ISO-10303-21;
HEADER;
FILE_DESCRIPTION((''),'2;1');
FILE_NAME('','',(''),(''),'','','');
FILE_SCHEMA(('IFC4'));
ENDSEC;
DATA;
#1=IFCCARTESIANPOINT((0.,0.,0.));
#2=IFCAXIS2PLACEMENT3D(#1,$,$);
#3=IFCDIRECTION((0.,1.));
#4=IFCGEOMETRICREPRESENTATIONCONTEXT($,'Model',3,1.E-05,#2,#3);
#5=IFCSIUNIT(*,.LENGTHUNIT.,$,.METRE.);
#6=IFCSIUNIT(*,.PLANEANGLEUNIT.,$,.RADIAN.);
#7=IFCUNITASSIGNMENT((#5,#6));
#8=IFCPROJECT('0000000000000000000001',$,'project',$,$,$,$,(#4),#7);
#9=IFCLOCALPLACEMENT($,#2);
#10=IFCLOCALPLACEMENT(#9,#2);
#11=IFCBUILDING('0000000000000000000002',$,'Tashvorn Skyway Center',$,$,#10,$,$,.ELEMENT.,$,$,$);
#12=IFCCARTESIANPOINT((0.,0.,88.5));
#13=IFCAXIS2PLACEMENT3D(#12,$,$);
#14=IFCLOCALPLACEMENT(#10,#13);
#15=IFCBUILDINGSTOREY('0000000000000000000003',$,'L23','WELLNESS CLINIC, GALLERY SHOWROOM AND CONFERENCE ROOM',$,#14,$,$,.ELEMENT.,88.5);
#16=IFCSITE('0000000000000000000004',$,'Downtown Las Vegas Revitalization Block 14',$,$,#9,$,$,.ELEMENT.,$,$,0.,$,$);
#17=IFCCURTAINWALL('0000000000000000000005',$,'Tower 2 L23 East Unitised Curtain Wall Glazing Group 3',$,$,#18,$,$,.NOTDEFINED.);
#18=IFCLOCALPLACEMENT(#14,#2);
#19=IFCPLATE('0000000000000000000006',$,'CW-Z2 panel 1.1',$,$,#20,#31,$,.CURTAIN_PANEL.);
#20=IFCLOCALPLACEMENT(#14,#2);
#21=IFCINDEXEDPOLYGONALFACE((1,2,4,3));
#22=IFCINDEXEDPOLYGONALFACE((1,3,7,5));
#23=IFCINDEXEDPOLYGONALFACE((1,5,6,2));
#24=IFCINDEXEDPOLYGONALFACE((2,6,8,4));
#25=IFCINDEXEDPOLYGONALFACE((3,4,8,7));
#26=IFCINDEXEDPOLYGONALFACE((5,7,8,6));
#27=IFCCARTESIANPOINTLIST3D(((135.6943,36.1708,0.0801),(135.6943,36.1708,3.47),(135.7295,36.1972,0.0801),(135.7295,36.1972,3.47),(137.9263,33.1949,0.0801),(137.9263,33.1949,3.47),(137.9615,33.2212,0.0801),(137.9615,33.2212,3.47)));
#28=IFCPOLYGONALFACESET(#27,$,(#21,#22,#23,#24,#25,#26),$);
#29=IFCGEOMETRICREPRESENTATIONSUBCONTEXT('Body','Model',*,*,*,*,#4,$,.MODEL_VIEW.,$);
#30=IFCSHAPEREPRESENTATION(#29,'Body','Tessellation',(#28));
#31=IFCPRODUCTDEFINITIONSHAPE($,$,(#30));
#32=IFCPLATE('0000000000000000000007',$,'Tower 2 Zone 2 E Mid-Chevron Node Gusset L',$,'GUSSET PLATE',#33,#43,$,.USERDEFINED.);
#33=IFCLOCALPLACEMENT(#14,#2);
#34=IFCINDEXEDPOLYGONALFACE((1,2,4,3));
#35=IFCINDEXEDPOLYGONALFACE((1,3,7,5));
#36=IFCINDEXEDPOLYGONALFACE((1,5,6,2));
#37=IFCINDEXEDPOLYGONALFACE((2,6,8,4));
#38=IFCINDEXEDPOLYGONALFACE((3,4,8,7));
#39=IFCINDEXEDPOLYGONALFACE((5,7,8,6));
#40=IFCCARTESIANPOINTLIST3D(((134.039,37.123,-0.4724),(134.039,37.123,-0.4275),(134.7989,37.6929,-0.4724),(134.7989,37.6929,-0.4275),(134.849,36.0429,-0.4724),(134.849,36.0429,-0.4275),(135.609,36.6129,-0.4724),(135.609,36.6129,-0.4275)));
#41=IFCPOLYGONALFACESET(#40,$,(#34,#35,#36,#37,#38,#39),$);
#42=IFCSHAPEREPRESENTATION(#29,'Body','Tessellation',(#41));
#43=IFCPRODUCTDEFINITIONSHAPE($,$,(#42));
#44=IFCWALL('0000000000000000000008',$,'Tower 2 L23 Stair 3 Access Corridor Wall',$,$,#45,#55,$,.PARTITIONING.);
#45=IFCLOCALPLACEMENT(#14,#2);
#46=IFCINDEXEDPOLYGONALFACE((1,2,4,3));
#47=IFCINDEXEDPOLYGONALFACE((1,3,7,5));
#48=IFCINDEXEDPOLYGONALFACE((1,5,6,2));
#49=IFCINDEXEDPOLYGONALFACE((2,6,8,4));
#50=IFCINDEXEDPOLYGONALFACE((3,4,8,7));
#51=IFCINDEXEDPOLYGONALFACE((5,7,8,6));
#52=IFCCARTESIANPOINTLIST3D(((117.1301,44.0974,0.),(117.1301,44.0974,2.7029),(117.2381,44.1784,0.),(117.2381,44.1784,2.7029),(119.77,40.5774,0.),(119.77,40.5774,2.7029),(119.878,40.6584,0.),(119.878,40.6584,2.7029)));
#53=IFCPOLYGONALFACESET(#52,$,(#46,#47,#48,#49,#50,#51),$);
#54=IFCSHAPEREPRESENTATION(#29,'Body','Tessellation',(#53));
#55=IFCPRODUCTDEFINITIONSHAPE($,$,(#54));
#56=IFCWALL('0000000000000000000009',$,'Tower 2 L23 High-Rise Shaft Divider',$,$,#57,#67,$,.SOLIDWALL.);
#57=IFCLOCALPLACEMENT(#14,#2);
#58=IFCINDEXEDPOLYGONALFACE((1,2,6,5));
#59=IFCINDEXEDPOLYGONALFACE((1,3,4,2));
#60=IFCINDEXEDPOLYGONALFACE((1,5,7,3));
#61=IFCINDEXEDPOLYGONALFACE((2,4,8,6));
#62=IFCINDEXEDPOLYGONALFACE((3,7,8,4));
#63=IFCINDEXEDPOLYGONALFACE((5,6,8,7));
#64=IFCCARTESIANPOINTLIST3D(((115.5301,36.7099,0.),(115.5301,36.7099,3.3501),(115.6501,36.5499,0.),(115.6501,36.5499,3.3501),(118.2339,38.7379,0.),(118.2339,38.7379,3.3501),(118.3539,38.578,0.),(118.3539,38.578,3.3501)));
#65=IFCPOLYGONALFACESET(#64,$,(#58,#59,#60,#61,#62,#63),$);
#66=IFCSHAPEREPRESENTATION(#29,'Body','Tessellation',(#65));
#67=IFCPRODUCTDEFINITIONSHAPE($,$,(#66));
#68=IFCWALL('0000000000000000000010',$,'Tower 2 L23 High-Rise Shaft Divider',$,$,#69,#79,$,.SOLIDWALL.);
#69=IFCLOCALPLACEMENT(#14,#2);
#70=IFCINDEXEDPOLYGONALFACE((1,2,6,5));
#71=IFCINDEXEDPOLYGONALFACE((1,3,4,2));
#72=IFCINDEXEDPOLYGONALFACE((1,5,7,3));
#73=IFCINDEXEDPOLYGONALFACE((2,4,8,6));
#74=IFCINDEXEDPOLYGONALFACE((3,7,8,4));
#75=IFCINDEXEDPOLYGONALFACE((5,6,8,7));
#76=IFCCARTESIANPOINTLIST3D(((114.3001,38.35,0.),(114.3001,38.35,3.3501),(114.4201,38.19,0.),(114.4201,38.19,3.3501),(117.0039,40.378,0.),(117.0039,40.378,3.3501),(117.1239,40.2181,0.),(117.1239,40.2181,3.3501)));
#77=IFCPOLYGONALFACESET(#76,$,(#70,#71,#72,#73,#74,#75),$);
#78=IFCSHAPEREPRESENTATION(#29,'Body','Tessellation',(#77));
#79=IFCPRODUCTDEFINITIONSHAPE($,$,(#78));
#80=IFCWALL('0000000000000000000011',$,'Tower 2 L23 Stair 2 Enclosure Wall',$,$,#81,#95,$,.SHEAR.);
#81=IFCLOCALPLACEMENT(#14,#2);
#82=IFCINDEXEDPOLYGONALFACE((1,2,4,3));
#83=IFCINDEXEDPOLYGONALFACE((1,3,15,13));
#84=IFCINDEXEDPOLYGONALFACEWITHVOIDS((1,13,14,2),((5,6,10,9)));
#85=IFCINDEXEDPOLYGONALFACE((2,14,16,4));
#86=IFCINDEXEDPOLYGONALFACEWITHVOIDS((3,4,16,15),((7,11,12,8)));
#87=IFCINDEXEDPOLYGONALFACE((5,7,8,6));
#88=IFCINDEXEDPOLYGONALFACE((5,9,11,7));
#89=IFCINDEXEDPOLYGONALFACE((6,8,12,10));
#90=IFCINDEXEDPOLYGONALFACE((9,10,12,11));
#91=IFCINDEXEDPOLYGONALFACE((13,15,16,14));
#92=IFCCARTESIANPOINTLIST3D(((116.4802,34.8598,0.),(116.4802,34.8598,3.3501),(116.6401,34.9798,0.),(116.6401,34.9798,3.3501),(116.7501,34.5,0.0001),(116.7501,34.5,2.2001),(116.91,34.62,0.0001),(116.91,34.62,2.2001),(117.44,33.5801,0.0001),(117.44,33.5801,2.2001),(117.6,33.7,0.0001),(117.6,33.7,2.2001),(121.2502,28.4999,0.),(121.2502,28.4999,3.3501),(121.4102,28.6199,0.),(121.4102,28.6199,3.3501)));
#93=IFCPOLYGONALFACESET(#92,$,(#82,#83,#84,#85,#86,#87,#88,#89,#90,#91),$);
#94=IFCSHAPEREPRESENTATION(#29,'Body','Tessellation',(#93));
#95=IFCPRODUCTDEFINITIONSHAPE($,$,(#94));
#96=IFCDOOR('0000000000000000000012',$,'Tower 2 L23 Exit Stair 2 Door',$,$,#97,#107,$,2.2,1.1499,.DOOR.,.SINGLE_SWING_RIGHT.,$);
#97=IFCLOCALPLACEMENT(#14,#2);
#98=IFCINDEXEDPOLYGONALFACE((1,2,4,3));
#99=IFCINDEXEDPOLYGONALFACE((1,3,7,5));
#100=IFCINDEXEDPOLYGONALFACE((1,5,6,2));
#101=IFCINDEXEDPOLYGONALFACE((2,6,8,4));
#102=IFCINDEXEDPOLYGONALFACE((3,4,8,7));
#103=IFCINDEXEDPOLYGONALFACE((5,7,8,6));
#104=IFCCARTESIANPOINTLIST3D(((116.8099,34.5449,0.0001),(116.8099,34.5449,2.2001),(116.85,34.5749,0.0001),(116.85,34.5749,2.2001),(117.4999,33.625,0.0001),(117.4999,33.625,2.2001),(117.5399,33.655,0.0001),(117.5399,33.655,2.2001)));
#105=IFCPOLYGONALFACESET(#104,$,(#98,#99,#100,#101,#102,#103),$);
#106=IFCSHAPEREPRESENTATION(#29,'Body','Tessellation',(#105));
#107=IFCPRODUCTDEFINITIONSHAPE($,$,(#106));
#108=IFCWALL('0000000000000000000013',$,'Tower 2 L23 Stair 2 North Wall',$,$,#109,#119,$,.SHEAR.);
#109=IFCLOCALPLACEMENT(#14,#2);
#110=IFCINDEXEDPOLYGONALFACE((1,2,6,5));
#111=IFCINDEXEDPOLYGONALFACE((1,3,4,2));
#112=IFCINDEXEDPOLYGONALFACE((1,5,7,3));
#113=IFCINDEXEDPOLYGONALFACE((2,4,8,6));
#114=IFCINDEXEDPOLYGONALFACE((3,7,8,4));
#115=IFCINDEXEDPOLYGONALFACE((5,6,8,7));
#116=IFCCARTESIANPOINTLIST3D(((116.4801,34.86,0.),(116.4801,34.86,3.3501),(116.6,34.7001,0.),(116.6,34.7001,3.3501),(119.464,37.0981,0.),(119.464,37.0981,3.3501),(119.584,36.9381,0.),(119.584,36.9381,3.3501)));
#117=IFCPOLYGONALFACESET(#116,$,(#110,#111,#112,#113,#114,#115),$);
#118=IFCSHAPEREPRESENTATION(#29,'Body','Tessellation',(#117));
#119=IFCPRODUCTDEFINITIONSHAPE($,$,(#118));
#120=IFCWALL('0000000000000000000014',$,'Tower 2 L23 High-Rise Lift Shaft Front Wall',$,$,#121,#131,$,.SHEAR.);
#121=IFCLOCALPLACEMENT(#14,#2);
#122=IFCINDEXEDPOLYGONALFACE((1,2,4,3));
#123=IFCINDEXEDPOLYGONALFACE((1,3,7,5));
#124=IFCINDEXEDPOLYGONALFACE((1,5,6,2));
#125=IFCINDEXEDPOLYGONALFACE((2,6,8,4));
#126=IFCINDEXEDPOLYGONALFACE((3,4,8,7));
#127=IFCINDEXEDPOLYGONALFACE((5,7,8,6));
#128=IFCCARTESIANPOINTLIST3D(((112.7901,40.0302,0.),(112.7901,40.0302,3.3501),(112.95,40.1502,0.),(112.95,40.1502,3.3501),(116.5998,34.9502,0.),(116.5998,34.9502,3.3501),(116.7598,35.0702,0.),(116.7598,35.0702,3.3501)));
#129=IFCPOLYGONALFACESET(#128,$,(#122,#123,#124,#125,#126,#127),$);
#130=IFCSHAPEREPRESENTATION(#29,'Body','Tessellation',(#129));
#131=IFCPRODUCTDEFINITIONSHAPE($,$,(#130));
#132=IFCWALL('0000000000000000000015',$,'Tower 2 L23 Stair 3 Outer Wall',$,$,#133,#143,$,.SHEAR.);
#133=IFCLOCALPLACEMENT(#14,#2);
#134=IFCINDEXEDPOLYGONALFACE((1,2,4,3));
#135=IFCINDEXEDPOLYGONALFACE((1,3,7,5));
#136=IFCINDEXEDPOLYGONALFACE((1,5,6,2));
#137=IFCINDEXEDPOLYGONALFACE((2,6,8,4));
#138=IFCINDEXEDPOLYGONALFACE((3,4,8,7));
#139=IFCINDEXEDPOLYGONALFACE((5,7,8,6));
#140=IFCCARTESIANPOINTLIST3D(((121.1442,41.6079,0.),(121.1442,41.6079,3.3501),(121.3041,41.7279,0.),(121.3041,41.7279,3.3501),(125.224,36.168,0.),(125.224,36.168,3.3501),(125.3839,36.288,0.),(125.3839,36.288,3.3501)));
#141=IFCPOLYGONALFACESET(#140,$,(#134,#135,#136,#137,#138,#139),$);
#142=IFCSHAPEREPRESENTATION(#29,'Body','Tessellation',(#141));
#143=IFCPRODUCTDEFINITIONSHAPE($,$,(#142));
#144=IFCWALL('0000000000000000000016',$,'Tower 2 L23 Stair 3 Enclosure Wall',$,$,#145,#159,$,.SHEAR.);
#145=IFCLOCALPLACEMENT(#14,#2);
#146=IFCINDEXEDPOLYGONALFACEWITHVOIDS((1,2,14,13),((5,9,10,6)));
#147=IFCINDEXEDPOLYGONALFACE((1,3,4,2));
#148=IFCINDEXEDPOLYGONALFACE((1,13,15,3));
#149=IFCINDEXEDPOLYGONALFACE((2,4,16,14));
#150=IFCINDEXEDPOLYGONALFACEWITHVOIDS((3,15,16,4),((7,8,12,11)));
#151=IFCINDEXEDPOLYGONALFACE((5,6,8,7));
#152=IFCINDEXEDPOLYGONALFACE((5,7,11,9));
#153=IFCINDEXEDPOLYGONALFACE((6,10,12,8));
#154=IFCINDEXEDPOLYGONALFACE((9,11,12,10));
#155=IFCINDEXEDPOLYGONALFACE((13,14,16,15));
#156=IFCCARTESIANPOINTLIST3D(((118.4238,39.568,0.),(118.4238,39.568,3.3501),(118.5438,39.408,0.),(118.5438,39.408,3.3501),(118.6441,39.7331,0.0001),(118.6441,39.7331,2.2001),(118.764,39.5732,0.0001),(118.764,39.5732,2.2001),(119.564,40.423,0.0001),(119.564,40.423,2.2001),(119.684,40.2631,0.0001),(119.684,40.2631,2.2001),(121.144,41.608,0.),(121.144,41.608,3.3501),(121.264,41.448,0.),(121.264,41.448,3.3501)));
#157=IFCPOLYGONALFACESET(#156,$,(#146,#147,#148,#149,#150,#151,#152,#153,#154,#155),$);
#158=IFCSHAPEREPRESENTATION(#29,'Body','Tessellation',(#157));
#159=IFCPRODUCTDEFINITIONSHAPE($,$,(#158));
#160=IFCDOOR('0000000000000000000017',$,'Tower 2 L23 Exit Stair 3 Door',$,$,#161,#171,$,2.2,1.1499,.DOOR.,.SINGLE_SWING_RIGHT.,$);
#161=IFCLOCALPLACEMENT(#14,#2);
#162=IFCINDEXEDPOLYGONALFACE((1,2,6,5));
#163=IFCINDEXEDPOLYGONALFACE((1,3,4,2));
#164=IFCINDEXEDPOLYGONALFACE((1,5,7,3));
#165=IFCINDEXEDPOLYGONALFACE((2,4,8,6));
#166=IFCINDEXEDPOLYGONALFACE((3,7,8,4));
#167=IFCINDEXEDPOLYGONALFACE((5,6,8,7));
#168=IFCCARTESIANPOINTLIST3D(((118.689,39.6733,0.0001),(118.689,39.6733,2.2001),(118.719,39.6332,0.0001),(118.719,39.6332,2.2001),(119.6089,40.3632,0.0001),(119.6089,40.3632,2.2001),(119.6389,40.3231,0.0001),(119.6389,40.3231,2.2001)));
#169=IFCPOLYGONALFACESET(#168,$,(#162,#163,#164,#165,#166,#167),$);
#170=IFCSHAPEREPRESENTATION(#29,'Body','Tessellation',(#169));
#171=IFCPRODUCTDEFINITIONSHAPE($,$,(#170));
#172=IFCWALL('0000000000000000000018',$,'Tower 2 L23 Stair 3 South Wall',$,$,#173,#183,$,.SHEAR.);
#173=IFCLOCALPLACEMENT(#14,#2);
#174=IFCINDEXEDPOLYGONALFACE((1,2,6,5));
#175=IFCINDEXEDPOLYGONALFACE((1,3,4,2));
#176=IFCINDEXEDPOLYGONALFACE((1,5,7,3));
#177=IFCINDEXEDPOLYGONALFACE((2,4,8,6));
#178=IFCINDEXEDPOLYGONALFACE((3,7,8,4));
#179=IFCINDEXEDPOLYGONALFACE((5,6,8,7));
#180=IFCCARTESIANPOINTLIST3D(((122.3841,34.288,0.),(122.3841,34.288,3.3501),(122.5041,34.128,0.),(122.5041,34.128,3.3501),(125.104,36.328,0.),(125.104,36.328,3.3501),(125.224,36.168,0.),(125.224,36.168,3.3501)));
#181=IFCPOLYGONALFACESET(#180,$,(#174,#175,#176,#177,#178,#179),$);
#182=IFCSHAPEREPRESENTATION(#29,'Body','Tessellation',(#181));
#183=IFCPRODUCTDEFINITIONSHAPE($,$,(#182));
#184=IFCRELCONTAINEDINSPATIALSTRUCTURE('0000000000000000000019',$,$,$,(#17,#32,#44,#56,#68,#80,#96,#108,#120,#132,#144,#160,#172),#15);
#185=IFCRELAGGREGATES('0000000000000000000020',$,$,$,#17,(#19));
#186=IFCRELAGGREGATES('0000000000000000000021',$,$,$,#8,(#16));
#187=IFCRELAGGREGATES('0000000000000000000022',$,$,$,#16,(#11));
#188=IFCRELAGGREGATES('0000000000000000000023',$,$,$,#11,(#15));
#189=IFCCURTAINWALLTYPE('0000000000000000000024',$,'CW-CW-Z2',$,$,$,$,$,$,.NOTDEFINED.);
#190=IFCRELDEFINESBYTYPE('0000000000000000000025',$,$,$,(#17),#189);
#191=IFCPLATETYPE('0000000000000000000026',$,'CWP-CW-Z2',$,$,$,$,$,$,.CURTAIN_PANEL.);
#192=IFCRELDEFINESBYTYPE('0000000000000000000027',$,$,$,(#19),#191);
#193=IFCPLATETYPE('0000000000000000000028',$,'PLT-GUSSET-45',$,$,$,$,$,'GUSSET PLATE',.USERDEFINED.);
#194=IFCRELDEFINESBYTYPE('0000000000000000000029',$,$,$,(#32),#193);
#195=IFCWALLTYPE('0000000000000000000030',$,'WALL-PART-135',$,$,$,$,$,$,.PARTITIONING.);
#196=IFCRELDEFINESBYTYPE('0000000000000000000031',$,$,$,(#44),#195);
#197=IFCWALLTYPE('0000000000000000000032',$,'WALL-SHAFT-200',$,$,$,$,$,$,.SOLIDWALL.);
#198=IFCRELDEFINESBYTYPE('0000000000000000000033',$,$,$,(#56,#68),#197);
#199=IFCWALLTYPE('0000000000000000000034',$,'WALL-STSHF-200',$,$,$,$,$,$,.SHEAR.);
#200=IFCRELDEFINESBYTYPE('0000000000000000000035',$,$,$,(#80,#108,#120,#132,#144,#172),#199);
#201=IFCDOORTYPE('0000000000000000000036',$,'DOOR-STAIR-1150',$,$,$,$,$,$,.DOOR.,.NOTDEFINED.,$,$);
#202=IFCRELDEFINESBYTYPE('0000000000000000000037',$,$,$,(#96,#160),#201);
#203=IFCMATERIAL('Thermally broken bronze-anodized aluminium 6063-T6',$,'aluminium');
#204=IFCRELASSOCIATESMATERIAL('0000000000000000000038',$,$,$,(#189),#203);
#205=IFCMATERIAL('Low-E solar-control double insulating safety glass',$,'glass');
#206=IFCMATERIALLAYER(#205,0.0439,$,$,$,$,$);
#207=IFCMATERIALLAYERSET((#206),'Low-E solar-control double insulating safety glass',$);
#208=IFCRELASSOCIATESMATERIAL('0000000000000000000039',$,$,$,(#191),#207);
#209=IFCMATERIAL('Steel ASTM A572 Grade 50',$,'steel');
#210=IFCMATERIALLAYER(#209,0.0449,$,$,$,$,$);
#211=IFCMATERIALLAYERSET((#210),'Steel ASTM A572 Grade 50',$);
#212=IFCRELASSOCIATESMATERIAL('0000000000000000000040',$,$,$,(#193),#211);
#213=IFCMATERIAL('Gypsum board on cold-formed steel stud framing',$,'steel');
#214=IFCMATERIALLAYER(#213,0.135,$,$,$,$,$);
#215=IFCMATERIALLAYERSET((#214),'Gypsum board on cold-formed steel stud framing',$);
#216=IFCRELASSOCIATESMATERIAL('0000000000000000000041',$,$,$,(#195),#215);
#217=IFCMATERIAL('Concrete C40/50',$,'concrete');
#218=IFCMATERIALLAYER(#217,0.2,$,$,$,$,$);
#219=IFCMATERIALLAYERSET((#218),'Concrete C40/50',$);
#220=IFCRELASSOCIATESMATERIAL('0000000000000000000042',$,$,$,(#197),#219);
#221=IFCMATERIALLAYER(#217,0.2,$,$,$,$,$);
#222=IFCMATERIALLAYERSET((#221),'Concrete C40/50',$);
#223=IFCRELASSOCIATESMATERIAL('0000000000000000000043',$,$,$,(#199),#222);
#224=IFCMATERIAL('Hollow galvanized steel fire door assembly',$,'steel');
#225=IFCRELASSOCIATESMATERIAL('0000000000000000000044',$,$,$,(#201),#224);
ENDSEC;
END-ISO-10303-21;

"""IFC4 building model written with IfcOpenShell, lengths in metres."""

from ifc_helpers import new_model, si_unit, direction, frame, frame_2d, origin, origin_2d, place, context, subcontext, project, spatial, rectangle, extrude, material, layer, layer_set, type_object, element, fill, aggregate, save


model = new_model("IFC4")

# Units and contexts
model_context = context("Model", 3, precision=1e-05, world=origin(), true_north=direction((0.0, 1.0)))
body_context = subcontext(model_context, "Body", "Model", "MODEL_VIEW")
ifc_project = project(units=[si_unit("LENGTHUNIT", "METRE"), si_unit("PLANEANGLEUNIT", "RADIAN")], contexts=[model_context])

# Site, building, storey
site_placement = place(None, origin())
site = spatial("IfcSite", under=ifc_project, at=site_placement, Name="Downtown Las Vegas Revitalization Block 14", CompositionType="ELEMENT", RefElevation=0.0)
building_placement = place(site_placement, origin())
building = spatial("IfcBuilding", under=site, at=building_placement, Name="Tashvorn Skyway Center", CompositionType="ELEMENT")
storey_placement = place(building_placement, frame((0.0, 0.0, 88.5)))
storey = spatial("IfcBuildingStorey", under=building, at=storey_placement, Name="L23", Description="WELLNESS CLINIC, GALLERY SHOWROOM AND CONFERENCE ROOM", CompositionType="ELEMENT", Elevation=88.5)

# Shared definitions
ifc_material_1 = material(Name="Steel ASTM A572 Grade 50", Category="steel")

# Shared definitions
ifc_material_2 = material(Name="Thermally broken bronze-anodized aluminium 6063-T6", Category="aluminium")
curtain_wall_type = type_object("IfcCurtainWallType", Name="CW-CW-Z2", PredefinedType="NOTDEFINED", material=ifc_material_2)

# Curtain wall
curtain_wall_1_placement = place(storey_placement, origin())
curtain_wall_1 = element("IfcCurtainWall", 1, at=curtain_wall_1_placement, inside=storey, type_object=curtain_wall_type, Name="Tower 2 L23 East Unitised Curtain Wall Glazing Group 3", PredefinedType="NOTDEFINED")

# Plates
ifc_material_3 = material(Name="Low-E solar-control double insulating safety glass", Category="glass")
ifc_layer_1 = layer(ifc_material_3, 0.0439)
ifc_layer_set_1 = layer_set([ifc_layer_1], Name="Low-E solar-control double insulating safety glass")
plate_type_1 = type_object("IfcPlateType", Name="CWP-CW-Z2", PredefinedType="CURTAIN_PANEL", material=ifc_layer_set_1)
plate_1_placement = place(storey_placement, frame((136.8279, 34.696, 0.0801), z_axis=(0.0, 0.0, 1.0), x_axis=(0.6, -0.8, 0.0)))
plate_1 = element("IfcPlate", 2, at=plate_1_placement, type_object=plate_type_1, Name="CW-Z2 panel 1.1", PredefinedType="CURTAIN_PANEL", context=body_context, shape_type="SweptSolid", body=[
    extrude(rectangle(XDim=3.72, YDim=0.0439, at=origin_2d()), origin(), (0.0, 0.0, 1.0), 3.3899),
])
aggregate(curtain_wall_1, [plate_1])
ifc_layer_2 = layer(ifc_material_1, 0.0449)
ifc_layer_set_2 = layer_set([ifc_layer_2], Name="Steel ASTM A572 Grade 50")
plate_type_2 = type_object("IfcPlateType", Name="PLT-GUSSET-45", ElementType="GUSSET PLATE", PredefinedType="USERDEFINED", material=ifc_layer_set_2)
plate_2_placement = place(storey_placement, frame((134.824, 36.8679, -0.4724), z_axis=(0.0, 0.0, 1.0), x_axis=(-0.6, 0.8, 0.0)))
element("IfcPlate", 3, at=plate_2_placement, inside=storey, type_object=plate_type_2, Name="Tower 2 Zone 2 E Mid-Chevron Node Gusset L", ObjectType="GUSSET PLATE", PredefinedType="USERDEFINED", context=body_context, shape_type="SweptSolid", body=[
    extrude(rectangle(XDim=1.3501, YDim=0.95, at=origin_2d()), origin(), (0.0, 0.0, 1.0), 0.0449),
])

# Walls
ifc_material_4 = material(Name="Gypsum board on cold-formed steel stud framing", Category="steel")
ifc_layer_3 = layer(ifc_material_4, 0.135)
ifc_layer_set_3 = layer_set([ifc_layer_3], Name="Gypsum board on cold-formed steel stud framing")
wall_type_1 = type_object("IfcWallType", Name="WALL-PART-135", PredefinedType="PARTITIONING", material=ifc_layer_set_3)
wall_1_placement = place(storey_placement, frame((119.824, 40.6179, 0.0), z_axis=(0.0, 0.0, 1.0), x_axis=(-0.599982, 0.800013, 0.0)))
element("IfcWall", 4, at=wall_1_placement, inside=storey, type_object=wall_type_1, Name="Tower 2 L23 Stair 3 Access Corridor Wall", PredefinedType="PARTITIONING", context=body_context, shape_type="SweptSolid", body=[
    extrude(rectangle(XDim=4.3999, YDim=0.135, at=frame_2d((2.2, 0.0))), origin(), (0.0, 0.0, 1.0), 2.7029),
])
ifc_material_5 = material(Name="Concrete C40/50", Category="concrete")
ifc_layer_4 = layer(ifc_material_5, 0.2)
ifc_layer_set_4 = layer_set([ifc_layer_4], Name="Concrete C40/50")
wall_type_2 = type_object("IfcWallType", Name="WALL-SHAFT-200", PredefinedType="SOLIDWALL", material=ifc_layer_set_4)
for number, where, z_axis, x_axis, name in (
    (5, (115.5901, 36.6299, 0.0), (0.0, 0.0, 1.0), (0.799974, 0.600035, 0.0), "Tower 2 L23 High-Rise Shaft Divider"),
    (6, (114.3601, 38.27, 0.0), (0.0, 0.0, 1.0), (0.799974, 0.600035, 0.0), "Tower 2 L23 High-Rise Shaft Divider"),
):
    element("IfcWall", number, at=place(storey_placement, frame(where, z_axis=z_axis, x_axis=x_axis)), inside=storey, type_object=wall_type_2, Name=name, PredefinedType="SOLIDWALL", context=body_context, shape_type="SweptSolid", body=[
        extrude(rectangle(XDim=3.3799, YDim=0.2, at=frame_2d((1.6899, 0.0))), origin(), (0.0, 0.0, 1.0), 3.3501),
    ])

# Wall, opening, door
ifc_layer_5 = layer(ifc_material_5, 0.2)
ifc_layer_set_5 = layer_set([ifc_layer_5], Name="Concrete C40/50")
wall_type_3 = type_object("IfcWallType", Name="WALL-STSHF-200", PredefinedType="SHEAR", material=ifc_layer_set_5)
wall_2_placement = place(storey_placement, frame((116.5601, 34.9199, 0.0), z_axis=(0.0, 0.0, 1.0), x_axis=(0.60001, -0.799993, 0.0)))
wall_2 = element("IfcWall", 7, at=wall_2_placement, inside=storey, type_object=wall_type_3, Name="Tower 2 L23 Stair 2 Enclosure Wall", PredefinedType="SHEAR", context=body_context, shape_type="SweptSolid", body=[
    extrude(rectangle(XDim=7.95, YDim=0.2, at=frame_2d((3.9751, 0.0))), origin(), (0.0, 0.0, 1.0), 3.3501),
])
opening_1_placement = place(wall_2_placement, frame((0.45, 0.0, 0.0)))
opening_1 = element("IfcOpeningElement", 8, at=opening_1_placement, cuts=wall_2, PredefinedType="OPENING", context=body_context, shape_type="SweptSolid", body=[
    extrude(rectangle(XDim=1.1499, YDim=2.2, at=frame_2d((0.575, 1.1001))), frame((0.0, 0.1099, 0.0), z_axis=(0.0, -1.0, 0.0), x_axis=(1.0, 0.0, 0.0)), (0.0, 0.0, 1.0), 0.22),
])
ifc_material_6 = material(Name="Hollow galvanized steel fire door assembly", Category="steel")
door_type = type_object("IfcDoorType", Name="DOOR-STAIR-1150", OperationType="NOTDEFINED", PredefinedType="DOOR", material=ifc_material_6)
door_1_placement = place(opening_1_placement, origin())
door_1 = element("IfcDoor", 9, at=door_1_placement, inside=storey, type_object=door_type, Name="Tower 2 L23 Exit Stair 2 Door", OperationType="SINGLE_SWING_RIGHT", OverallHeight=2.2, OverallWidth=1.1499, PredefinedType="DOOR", context=body_context, shape_type="SweptSolid", body=[
    extrude(rectangle(XDim=1.1499, YDim=2.2, at=frame_2d((0.575, 1.1001))), frame((0.0, 0.0249, 0.0), z_axis=(0.0, -1.0, 0.0), x_axis=(1.0, 0.0, 0.0)), (0.0, 0.0, 1.0), 0.05),
])
fill(opening_1, door_1)

# Walls
wall_3_placement = place(storey_placement, frame((116.54, 34.78, 0.0), z_axis=(0.0, 0.0, 1.0), x_axis=(0.799984, 0.600021, 0.0)))
element("IfcWall", 10, at=wall_3_placement, inside=storey, type_object=wall_type_3, Name="Tower 2 L23 Stair 2 North Wall", PredefinedType="SHEAR", context=body_context, shape_type="SweptSolid", body=[
    extrude(rectangle(XDim=3.73, YDim=0.2, at=frame_2d((1.865, 0.0))), origin(), (0.0, 0.0, 1.0), 3.3501),
])
wall_4_placement = place(storey_placement, frame((112.8701, 40.0901, 0.0), z_axis=(0.0, 0.0, 1.0), x_axis=(0.599975, -0.800018, 0.0)))
element("IfcWall", 11, at=wall_4_placement, inside=storey, type_object=wall_type_3, Name="Tower 2 L23 High-Rise Lift Shaft Front Wall", PredefinedType="SHEAR", context=body_context, shape_type="SweptSolid", body=[
    extrude(rectangle(XDim=6.3499, YDim=0.2, at=frame_2d((3.1748, 0.0))), origin(), (0.0, 0.0, 1.0), 3.3501),
])
wall_5_placement = place(storey_placement, frame((125.304, 36.228, 0.0), z_axis=(0.0, 0.0, 1.0), x_axis=(-0.599989, 0.800009, 0.0)))
element("IfcWall", 12, at=wall_5_placement, inside=storey, type_object=wall_type_3, Name="Tower 2 L23 Stair 3 Outer Wall", PredefinedType="SHEAR", context=body_context, shape_type="SweptSolid", body=[
    extrude(rectangle(XDim=6.7998, YDim=0.2, at=frame_2d((3.3999, 0.0))), origin(), (0.0, 0.0, 1.0), 3.3501),
])

# Wall, opening, door
wall_6_placement = place(storey_placement, frame((121.2041, 41.5281, 0.0), z_axis=(0.0, 0.0, 1.0), x_axis=(-0.800017, -0.599977, 0.0)))
wall_6 = element("IfcWall", 13, at=wall_6_placement, inside=storey, type_object=wall_type_3, Name="Tower 2 L23 Stair 3 Enclosure Wall", PredefinedType="SHEAR", context=body_context, shape_type="SweptSolid", body=[
    extrude(rectangle(XDim=3.4001, YDim=0.2, at=frame_2d((1.7002, 0.0))), origin(), (0.0, 0.0, 1.0), 3.3501),
])
opening_2_placement = place(wall_6_placement, frame((1.9751, 0.0, 0.0)))
opening_2 = element("IfcOpeningElement", 14, at=opening_2_placement, cuts=wall_6, PredefinedType="OPENING", context=body_context, shape_type="SweptSolid", body=[
    extrude(rectangle(XDim=1.1499, YDim=2.2, at=frame_2d((0.575, 1.1001))), frame((0.0, 0.1099, 0.0), z_axis=(0.0, -1.0, 0.0), x_axis=(1.0, 0.0, 0.0)), (0.0, 0.0, 1.0), 0.22),
])
door_2_placement = place(opening_2_placement, origin())
door_2 = element("IfcDoor", 15, at=door_2_placement, inside=storey, type_object=door_type, Name="Tower 2 L23 Exit Stair 3 Door", OperationType="SINGLE_SWING_RIGHT", OverallHeight=2.2, OverallWidth=1.1499, PredefinedType="DOOR", context=body_context, shape_type="SweptSolid", body=[
    extrude(rectangle(XDim=1.1499, YDim=2.2, at=frame_2d((0.575, 1.1001))), frame((0.0, 0.0249, 0.0), z_axis=(0.0, -1.0, 0.0), x_axis=(1.0, 0.0, 0.0)), (0.0, 0.0, 1.0), 0.05),
])
fill(opening_2, door_2)

# Wall
wall_7_placement = place(storey_placement, frame((122.4441, 34.208, 0.0), z_axis=(0.0, 0.0, 1.0), x_axis=(0.799991, 0.600011, 0.0)))
element("IfcWall", 16, at=wall_7_placement, inside=storey, type_object=wall_type_3, Name="Tower 2 L23 Stair 3 South Wall", PredefinedType="SHEAR", context=body_context, shape_type="SweptSolid", body=[
    extrude(rectangle(XDim=3.3999, YDim=0.2, at=frame_2d((1.7, 0.0))), origin(), (0.0, 0.0, 1.0), 3.3501),
])

save(model, "model.ifc")
